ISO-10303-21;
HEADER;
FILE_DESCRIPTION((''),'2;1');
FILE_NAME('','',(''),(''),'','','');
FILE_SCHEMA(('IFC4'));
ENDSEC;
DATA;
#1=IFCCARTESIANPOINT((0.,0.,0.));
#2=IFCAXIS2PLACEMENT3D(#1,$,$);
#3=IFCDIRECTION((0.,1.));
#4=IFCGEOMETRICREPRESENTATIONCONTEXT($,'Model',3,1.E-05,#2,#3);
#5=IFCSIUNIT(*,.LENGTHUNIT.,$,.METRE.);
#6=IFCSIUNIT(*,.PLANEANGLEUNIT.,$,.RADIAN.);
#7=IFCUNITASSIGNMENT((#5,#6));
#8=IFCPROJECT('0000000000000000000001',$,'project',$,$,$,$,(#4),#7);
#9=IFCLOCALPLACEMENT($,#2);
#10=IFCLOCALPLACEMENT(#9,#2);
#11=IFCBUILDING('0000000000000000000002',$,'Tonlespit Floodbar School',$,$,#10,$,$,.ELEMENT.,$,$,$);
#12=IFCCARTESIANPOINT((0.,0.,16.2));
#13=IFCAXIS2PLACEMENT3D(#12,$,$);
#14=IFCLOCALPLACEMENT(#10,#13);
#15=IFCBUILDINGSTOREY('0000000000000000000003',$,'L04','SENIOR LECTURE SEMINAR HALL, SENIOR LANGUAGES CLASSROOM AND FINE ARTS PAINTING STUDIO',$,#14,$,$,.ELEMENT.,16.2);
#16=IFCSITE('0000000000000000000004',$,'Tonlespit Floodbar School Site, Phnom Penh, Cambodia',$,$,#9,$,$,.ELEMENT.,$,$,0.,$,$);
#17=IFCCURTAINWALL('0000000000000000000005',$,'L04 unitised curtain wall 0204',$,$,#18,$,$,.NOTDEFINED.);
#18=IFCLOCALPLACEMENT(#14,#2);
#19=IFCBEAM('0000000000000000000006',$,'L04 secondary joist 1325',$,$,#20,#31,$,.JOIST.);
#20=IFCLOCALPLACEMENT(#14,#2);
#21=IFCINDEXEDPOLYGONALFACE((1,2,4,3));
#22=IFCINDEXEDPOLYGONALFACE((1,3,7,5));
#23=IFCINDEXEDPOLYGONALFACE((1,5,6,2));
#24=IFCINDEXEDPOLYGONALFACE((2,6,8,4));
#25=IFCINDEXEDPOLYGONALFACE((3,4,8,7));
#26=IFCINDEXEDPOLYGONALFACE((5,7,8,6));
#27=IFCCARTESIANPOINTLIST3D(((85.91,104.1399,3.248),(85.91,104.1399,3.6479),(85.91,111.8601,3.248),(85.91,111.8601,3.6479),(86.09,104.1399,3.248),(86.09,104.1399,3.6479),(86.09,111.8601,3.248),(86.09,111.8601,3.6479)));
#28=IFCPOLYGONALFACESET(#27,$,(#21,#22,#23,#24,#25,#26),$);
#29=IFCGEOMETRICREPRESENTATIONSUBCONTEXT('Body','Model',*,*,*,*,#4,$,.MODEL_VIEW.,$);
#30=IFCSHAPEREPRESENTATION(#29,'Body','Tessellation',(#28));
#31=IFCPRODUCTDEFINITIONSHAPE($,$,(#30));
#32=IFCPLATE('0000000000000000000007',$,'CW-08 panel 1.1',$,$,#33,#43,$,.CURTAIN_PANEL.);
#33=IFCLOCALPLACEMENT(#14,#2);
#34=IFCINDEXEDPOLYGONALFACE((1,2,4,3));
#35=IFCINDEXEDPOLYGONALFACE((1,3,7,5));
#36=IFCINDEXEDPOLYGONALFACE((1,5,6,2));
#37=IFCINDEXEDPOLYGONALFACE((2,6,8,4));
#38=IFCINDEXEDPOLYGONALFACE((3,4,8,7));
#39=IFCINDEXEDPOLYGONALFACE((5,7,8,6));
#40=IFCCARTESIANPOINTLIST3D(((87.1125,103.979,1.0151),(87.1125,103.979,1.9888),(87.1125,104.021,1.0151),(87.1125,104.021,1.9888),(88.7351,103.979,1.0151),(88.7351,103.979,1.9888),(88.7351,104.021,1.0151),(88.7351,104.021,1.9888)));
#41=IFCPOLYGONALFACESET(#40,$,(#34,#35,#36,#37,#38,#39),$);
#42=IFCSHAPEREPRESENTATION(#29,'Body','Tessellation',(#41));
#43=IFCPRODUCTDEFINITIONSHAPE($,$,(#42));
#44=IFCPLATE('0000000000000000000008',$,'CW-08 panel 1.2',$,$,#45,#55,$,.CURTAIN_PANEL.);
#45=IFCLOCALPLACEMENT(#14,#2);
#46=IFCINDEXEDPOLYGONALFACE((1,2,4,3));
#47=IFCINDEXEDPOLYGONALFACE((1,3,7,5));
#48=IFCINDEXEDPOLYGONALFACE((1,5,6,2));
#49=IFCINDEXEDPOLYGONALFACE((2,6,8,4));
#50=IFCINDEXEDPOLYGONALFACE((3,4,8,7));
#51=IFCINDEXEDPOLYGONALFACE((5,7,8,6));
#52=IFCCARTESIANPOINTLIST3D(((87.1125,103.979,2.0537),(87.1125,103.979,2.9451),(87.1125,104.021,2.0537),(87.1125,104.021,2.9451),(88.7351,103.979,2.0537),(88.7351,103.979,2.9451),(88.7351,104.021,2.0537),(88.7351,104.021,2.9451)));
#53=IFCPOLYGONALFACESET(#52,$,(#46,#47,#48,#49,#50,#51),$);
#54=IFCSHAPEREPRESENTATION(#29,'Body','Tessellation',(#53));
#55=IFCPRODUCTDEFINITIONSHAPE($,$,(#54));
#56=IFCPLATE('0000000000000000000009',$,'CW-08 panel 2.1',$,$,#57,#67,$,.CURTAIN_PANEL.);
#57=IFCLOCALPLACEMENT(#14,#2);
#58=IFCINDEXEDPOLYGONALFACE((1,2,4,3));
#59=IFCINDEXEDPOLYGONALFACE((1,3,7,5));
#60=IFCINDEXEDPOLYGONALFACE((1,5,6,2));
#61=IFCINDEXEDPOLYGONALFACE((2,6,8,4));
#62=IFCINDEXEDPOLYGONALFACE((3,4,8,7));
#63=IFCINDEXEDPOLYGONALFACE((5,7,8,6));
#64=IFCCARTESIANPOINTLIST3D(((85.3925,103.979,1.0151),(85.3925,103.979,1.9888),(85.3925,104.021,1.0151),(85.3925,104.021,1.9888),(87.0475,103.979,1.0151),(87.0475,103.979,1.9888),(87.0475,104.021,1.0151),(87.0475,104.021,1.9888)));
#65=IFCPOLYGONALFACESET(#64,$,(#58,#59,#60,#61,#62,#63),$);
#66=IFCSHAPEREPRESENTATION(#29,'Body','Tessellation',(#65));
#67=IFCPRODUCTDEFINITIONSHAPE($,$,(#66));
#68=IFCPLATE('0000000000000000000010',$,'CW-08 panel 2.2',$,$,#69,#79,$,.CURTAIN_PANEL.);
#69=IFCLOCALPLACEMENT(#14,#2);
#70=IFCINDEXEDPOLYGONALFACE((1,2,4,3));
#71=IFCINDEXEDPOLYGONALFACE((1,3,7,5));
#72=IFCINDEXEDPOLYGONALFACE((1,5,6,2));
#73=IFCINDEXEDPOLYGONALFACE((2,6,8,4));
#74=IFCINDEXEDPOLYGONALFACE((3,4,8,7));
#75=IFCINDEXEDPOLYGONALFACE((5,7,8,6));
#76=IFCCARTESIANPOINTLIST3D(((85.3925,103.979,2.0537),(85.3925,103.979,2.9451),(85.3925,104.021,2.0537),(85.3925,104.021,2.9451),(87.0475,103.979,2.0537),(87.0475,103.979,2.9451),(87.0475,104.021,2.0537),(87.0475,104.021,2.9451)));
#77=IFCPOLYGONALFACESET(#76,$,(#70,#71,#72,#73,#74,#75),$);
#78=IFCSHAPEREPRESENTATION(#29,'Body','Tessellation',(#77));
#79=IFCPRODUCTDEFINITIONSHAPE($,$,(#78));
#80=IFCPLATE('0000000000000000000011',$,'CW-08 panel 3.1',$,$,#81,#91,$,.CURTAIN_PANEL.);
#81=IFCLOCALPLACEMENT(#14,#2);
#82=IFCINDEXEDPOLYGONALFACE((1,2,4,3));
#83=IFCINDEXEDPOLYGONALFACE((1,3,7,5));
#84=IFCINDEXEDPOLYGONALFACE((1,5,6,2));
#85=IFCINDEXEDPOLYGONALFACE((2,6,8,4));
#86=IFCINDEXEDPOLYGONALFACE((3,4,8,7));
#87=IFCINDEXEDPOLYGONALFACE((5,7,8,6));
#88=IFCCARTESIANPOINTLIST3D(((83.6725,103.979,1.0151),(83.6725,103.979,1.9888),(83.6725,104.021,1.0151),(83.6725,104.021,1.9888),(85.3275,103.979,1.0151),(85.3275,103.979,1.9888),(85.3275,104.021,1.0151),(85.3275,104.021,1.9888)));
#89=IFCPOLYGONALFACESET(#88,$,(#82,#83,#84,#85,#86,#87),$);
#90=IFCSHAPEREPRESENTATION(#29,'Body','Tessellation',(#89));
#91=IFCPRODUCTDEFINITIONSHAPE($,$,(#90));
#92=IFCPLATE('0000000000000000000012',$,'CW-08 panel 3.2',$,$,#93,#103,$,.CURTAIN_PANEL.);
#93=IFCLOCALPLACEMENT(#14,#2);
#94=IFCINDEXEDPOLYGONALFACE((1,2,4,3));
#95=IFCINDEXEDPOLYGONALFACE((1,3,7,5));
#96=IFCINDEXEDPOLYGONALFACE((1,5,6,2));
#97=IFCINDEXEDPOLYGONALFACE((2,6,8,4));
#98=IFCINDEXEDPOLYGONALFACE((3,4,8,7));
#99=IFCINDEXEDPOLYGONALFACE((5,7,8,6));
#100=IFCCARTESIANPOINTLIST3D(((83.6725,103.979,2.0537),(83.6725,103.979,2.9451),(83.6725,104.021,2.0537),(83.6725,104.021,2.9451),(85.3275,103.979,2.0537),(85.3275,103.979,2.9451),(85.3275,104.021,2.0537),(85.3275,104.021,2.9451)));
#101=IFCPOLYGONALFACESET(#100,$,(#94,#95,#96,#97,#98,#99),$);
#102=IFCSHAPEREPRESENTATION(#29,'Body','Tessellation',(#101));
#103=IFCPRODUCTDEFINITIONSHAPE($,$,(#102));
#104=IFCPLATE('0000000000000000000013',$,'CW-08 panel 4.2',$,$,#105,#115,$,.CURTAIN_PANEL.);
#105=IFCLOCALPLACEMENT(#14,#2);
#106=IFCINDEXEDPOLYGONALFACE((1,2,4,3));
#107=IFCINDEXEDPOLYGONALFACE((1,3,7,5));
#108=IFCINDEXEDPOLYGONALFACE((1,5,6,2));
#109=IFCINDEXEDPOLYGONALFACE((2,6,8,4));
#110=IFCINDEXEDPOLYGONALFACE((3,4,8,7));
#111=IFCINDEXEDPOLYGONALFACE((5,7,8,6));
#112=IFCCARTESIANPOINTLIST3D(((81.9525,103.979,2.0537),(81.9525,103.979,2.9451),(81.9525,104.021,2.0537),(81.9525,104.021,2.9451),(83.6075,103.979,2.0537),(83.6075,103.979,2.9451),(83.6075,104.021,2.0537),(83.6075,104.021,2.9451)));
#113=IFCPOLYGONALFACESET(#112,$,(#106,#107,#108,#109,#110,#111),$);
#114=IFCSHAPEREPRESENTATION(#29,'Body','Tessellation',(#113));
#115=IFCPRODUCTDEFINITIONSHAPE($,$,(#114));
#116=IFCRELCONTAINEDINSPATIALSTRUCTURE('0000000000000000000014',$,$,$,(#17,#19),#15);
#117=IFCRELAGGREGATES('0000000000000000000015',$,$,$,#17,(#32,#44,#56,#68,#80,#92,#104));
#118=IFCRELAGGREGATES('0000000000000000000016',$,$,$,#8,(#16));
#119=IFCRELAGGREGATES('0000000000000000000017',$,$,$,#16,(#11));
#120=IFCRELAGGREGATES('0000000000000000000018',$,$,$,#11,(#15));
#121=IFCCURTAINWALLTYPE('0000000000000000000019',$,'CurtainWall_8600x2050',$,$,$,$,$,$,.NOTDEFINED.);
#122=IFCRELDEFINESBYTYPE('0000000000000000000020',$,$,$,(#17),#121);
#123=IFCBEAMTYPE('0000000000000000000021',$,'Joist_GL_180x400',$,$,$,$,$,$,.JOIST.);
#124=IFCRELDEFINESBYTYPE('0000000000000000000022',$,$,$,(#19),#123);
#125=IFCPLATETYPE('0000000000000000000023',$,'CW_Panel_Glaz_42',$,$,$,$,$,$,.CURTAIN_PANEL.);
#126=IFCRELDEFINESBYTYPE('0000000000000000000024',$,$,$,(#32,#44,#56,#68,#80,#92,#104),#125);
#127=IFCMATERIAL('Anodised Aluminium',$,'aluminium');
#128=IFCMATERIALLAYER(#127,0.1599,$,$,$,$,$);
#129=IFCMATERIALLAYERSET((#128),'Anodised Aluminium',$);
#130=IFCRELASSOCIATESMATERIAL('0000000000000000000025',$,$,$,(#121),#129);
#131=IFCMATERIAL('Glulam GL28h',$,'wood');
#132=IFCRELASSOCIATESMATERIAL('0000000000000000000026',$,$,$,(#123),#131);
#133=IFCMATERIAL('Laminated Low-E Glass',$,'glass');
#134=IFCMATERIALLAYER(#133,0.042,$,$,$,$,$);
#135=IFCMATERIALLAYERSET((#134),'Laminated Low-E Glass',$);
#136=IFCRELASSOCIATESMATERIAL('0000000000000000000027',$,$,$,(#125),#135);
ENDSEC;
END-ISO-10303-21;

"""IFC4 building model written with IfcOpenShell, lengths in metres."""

from ifc_helpers import new_model, si_unit, direction, frame, origin, origin_2d, place, context, subcontext, project, spatial, rectangle, extrude, material, layer, layer_set, material_profile, profile_set, type_object, element, aggregate, save


model = new_model("IFC4")

# Units and contexts
model_context = context("Model", 3, precision=1e-05, world=origin(), true_north=direction((0.0, 1.0)))
body_context = subcontext(model_context, "Body", "Model", "MODEL_VIEW")
ifc_project = project(units=[si_unit("LENGTHUNIT", "METRE"), si_unit("PLANEANGLEUNIT", "RADIAN")], contexts=[model_context])

# Site, building, storey
site_placement = place(None, origin())
site = spatial("IfcSite", under=ifc_project, at=site_placement, Name="Tonlespit Floodbar School Site, Phnom Penh, Cambodia", CompositionType="ELEMENT", RefElevation=0.0)
building_placement = place(site_placement, origin())
building = spatial("IfcBuilding", under=site, at=building_placement, Name="Tonlespit Floodbar School", CompositionType="ELEMENT")
storey_placement = place(building_placement, frame((0.0, 0.0, 16.2)))
storey = spatial("IfcBuildingStorey", under=building, at=storey_placement, Name="L04", Description="SENIOR LECTURE SEMINAR HALL, SENIOR LANGUAGES CLASSROOM AND FINE ARTS PAINTING STUDIO", CompositionType="ELEMENT", Elevation=16.2)

# Curtain wall
ifc_material_1 = material(Name="Anodised Aluminium", Category="aluminium")
ifc_layer_1 = layer(ifc_material_1, 0.1599)
ifc_layer_set_1 = layer_set([ifc_layer_1], Name="Anodised Aluminium")
curtain_wall_type = type_object("IfcCurtainWallType", Name="CurtainWall_8600x2050", PredefinedType="NOTDEFINED", material=ifc_layer_set_1)
curtain_wall_placement = place(storey_placement, origin())
curtain_wall = element("IfcCurtainWall", 1, at=curtain_wall_placement, inside=storey, type_object=curtain_wall_type, Name="L04 unitised curtain wall 0204", PredefinedType="NOTDEFINED")

# Beam
ifc_material_2 = material(Name="Glulam GL28h", Category="wood")
ifc_material_profile_1 = material_profile(ifc_material_2, rectangle(XDim=0.1799, YDim=0.3999, at=origin_2d()), Name="GL 180x400")
ifc_profile_set_1 = profile_set([ifc_material_profile_1], Name="Glulam GL28h")
beam_type = type_object("IfcBeamType", Name="Joist_GL_180x400", PredefinedType="JOIST", material=ifc_profile_set_1)
for number, where, z_axis, x_axis, name in (
    (2, (86.0, 104.1399, 3.448), (0.0, 1.0, 0.0), (-1.0, 0.0, 0.0), "L04 secondary joist 1325"),
):
    element("IfcBeam", number, at=place(storey_placement, frame(where, z_axis=z_axis, x_axis=x_axis)), inside=storey, type_object=beam_type, Name=name, PredefinedType="JOIST", context=body_context, shape_type="SweptSolid", body=[
        extrude(rectangle(XDim=0.1799, YDim=0.3999, at=origin_2d()), origin(), (0.0, 0.0, 1.0), 7.7202),
    ])

# Plates
ifc_material_3 = material(Name="Laminated Low-E Glass", Category="glass")
ifc_layer_2 = layer(ifc_material_3, 0.042)
ifc_layer_set_2 = layer_set([ifc_layer_2], Name="Laminated Low-E Glass")
plate_type = type_object("IfcPlateType", Name="CW_Panel_Glaz_42", PredefinedType="CURTAIN_PANEL", material=ifc_layer_set_2)
plate_1_placement = place(storey_placement, frame((87.9238, 104.0, 1.0151), z_axis=(0.0, 0.0, 1.0), x_axis=(-1.0, 0.0, 0.0)))
plate_1 = element("IfcPlate", 3, at=plate_1_placement, type_object=plate_type, Name="CW-08 panel 1.1", PredefinedType="CURTAIN_PANEL", context=body_context, shape_type="SweptSolid", body=[
    extrude(rectangle(XDim=1.6226, YDim=0.042, at=origin_2d()), origin(), (0.0, 0.0, 1.0), 0.9736),
])
plate_2_placement = place(storey_placement, frame((87.9238, 104.0, 2.0537), z_axis=(0.0, 0.0, 1.0), x_axis=(-1.0, 0.0, 0.0)))
plate_2 = element("IfcPlate", 4, at=plate_2_placement, type_object=plate_type, Name="CW-08 panel 1.2", PredefinedType="CURTAIN_PANEL", context=body_context, shape_type="SweptSolid", body=[
    extrude(rectangle(XDim=1.6226, YDim=0.042, at=origin_2d()), origin(), (0.0, 0.0, 1.0), 0.8914),
])
plate_3_placement = place(storey_placement, frame((86.22, 104.0, 1.0151), z_axis=(0.0, 0.0, 1.0), x_axis=(-1.0, 0.0, 0.0)))
plate_3 = element("IfcPlate", 5, at=plate_3_placement, type_object=plate_type, Name="CW-08 panel 2.1", PredefinedType="CURTAIN_PANEL", context=body_context, shape_type="SweptSolid", body=[
    extrude(rectangle(XDim=1.655, YDim=0.042, at=origin_2d()), origin(), (0.0, 0.0, 1.0), 0.9736),
])
plate_4_placement = place(storey_placement, frame((86.22, 104.0, 2.0537), z_axis=(0.0, 0.0, 1.0), x_axis=(-1.0, 0.0, 0.0)))
plate_4 = element("IfcPlate", 6, at=plate_4_placement, type_object=plate_type, Name="CW-08 panel 2.2", PredefinedType="CURTAIN_PANEL", context=body_context, shape_type="SweptSolid", body=[
    extrude(rectangle(XDim=1.655, YDim=0.042, at=origin_2d()), origin(), (0.0, 0.0, 1.0), 0.8914),
])
plate_5_placement = place(storey_placement, frame((84.5, 104.0, 1.0151), z_axis=(0.0, 0.0, 1.0), x_axis=(-1.0, 0.0, 0.0)))
plate_5 = element("IfcPlate", 7, at=plate_5_placement, type_object=plate_type, Name="CW-08 panel 3.1", PredefinedType="CURTAIN_PANEL", context=body_context, shape_type="SweptSolid", body=[
    extrude(rectangle(XDim=1.655, YDim=0.042, at=origin_2d()), origin(), (0.0, 0.0, 1.0), 0.9736),
])
plate_6_placement = place(storey_placement, frame((84.5, 104.0, 2.0537), z_axis=(0.0, 0.0, 1.0), x_axis=(-1.0, 0.0, 0.0)))
plate_6 = element("IfcPlate", 8, at=plate_6_placement, type_object=plate_type, Name="CW-08 panel 3.2", PredefinedType="CURTAIN_PANEL", context=body_context, shape_type="SweptSolid", body=[
    extrude(rectangle(XDim=1.655, YDim=0.042, at=origin_2d()), origin(), (0.0, 0.0, 1.0), 0.8914),
])
plate_7_placement = place(storey_placement, frame((82.78, 104.0, 2.0537), z_axis=(0.0, 0.0, 1.0), x_axis=(-1.0, 0.0, 0.0)))
plate_7 = element("IfcPlate", 9, at=plate_7_placement, type_object=plate_type, Name="CW-08 panel 4.2", PredefinedType="CURTAIN_PANEL", context=body_context, shape_type="SweptSolid", body=[
    extrude(rectangle(XDim=1.655, YDim=0.042, at=origin_2d()), origin(), (0.0, 0.0, 1.0), 0.8914),
])
aggregate(curtain_wall, [plate_1, plate_2, plate_3, plate_4, plate_5, plate_6, plate_7])

save(model, "model.ifc")
